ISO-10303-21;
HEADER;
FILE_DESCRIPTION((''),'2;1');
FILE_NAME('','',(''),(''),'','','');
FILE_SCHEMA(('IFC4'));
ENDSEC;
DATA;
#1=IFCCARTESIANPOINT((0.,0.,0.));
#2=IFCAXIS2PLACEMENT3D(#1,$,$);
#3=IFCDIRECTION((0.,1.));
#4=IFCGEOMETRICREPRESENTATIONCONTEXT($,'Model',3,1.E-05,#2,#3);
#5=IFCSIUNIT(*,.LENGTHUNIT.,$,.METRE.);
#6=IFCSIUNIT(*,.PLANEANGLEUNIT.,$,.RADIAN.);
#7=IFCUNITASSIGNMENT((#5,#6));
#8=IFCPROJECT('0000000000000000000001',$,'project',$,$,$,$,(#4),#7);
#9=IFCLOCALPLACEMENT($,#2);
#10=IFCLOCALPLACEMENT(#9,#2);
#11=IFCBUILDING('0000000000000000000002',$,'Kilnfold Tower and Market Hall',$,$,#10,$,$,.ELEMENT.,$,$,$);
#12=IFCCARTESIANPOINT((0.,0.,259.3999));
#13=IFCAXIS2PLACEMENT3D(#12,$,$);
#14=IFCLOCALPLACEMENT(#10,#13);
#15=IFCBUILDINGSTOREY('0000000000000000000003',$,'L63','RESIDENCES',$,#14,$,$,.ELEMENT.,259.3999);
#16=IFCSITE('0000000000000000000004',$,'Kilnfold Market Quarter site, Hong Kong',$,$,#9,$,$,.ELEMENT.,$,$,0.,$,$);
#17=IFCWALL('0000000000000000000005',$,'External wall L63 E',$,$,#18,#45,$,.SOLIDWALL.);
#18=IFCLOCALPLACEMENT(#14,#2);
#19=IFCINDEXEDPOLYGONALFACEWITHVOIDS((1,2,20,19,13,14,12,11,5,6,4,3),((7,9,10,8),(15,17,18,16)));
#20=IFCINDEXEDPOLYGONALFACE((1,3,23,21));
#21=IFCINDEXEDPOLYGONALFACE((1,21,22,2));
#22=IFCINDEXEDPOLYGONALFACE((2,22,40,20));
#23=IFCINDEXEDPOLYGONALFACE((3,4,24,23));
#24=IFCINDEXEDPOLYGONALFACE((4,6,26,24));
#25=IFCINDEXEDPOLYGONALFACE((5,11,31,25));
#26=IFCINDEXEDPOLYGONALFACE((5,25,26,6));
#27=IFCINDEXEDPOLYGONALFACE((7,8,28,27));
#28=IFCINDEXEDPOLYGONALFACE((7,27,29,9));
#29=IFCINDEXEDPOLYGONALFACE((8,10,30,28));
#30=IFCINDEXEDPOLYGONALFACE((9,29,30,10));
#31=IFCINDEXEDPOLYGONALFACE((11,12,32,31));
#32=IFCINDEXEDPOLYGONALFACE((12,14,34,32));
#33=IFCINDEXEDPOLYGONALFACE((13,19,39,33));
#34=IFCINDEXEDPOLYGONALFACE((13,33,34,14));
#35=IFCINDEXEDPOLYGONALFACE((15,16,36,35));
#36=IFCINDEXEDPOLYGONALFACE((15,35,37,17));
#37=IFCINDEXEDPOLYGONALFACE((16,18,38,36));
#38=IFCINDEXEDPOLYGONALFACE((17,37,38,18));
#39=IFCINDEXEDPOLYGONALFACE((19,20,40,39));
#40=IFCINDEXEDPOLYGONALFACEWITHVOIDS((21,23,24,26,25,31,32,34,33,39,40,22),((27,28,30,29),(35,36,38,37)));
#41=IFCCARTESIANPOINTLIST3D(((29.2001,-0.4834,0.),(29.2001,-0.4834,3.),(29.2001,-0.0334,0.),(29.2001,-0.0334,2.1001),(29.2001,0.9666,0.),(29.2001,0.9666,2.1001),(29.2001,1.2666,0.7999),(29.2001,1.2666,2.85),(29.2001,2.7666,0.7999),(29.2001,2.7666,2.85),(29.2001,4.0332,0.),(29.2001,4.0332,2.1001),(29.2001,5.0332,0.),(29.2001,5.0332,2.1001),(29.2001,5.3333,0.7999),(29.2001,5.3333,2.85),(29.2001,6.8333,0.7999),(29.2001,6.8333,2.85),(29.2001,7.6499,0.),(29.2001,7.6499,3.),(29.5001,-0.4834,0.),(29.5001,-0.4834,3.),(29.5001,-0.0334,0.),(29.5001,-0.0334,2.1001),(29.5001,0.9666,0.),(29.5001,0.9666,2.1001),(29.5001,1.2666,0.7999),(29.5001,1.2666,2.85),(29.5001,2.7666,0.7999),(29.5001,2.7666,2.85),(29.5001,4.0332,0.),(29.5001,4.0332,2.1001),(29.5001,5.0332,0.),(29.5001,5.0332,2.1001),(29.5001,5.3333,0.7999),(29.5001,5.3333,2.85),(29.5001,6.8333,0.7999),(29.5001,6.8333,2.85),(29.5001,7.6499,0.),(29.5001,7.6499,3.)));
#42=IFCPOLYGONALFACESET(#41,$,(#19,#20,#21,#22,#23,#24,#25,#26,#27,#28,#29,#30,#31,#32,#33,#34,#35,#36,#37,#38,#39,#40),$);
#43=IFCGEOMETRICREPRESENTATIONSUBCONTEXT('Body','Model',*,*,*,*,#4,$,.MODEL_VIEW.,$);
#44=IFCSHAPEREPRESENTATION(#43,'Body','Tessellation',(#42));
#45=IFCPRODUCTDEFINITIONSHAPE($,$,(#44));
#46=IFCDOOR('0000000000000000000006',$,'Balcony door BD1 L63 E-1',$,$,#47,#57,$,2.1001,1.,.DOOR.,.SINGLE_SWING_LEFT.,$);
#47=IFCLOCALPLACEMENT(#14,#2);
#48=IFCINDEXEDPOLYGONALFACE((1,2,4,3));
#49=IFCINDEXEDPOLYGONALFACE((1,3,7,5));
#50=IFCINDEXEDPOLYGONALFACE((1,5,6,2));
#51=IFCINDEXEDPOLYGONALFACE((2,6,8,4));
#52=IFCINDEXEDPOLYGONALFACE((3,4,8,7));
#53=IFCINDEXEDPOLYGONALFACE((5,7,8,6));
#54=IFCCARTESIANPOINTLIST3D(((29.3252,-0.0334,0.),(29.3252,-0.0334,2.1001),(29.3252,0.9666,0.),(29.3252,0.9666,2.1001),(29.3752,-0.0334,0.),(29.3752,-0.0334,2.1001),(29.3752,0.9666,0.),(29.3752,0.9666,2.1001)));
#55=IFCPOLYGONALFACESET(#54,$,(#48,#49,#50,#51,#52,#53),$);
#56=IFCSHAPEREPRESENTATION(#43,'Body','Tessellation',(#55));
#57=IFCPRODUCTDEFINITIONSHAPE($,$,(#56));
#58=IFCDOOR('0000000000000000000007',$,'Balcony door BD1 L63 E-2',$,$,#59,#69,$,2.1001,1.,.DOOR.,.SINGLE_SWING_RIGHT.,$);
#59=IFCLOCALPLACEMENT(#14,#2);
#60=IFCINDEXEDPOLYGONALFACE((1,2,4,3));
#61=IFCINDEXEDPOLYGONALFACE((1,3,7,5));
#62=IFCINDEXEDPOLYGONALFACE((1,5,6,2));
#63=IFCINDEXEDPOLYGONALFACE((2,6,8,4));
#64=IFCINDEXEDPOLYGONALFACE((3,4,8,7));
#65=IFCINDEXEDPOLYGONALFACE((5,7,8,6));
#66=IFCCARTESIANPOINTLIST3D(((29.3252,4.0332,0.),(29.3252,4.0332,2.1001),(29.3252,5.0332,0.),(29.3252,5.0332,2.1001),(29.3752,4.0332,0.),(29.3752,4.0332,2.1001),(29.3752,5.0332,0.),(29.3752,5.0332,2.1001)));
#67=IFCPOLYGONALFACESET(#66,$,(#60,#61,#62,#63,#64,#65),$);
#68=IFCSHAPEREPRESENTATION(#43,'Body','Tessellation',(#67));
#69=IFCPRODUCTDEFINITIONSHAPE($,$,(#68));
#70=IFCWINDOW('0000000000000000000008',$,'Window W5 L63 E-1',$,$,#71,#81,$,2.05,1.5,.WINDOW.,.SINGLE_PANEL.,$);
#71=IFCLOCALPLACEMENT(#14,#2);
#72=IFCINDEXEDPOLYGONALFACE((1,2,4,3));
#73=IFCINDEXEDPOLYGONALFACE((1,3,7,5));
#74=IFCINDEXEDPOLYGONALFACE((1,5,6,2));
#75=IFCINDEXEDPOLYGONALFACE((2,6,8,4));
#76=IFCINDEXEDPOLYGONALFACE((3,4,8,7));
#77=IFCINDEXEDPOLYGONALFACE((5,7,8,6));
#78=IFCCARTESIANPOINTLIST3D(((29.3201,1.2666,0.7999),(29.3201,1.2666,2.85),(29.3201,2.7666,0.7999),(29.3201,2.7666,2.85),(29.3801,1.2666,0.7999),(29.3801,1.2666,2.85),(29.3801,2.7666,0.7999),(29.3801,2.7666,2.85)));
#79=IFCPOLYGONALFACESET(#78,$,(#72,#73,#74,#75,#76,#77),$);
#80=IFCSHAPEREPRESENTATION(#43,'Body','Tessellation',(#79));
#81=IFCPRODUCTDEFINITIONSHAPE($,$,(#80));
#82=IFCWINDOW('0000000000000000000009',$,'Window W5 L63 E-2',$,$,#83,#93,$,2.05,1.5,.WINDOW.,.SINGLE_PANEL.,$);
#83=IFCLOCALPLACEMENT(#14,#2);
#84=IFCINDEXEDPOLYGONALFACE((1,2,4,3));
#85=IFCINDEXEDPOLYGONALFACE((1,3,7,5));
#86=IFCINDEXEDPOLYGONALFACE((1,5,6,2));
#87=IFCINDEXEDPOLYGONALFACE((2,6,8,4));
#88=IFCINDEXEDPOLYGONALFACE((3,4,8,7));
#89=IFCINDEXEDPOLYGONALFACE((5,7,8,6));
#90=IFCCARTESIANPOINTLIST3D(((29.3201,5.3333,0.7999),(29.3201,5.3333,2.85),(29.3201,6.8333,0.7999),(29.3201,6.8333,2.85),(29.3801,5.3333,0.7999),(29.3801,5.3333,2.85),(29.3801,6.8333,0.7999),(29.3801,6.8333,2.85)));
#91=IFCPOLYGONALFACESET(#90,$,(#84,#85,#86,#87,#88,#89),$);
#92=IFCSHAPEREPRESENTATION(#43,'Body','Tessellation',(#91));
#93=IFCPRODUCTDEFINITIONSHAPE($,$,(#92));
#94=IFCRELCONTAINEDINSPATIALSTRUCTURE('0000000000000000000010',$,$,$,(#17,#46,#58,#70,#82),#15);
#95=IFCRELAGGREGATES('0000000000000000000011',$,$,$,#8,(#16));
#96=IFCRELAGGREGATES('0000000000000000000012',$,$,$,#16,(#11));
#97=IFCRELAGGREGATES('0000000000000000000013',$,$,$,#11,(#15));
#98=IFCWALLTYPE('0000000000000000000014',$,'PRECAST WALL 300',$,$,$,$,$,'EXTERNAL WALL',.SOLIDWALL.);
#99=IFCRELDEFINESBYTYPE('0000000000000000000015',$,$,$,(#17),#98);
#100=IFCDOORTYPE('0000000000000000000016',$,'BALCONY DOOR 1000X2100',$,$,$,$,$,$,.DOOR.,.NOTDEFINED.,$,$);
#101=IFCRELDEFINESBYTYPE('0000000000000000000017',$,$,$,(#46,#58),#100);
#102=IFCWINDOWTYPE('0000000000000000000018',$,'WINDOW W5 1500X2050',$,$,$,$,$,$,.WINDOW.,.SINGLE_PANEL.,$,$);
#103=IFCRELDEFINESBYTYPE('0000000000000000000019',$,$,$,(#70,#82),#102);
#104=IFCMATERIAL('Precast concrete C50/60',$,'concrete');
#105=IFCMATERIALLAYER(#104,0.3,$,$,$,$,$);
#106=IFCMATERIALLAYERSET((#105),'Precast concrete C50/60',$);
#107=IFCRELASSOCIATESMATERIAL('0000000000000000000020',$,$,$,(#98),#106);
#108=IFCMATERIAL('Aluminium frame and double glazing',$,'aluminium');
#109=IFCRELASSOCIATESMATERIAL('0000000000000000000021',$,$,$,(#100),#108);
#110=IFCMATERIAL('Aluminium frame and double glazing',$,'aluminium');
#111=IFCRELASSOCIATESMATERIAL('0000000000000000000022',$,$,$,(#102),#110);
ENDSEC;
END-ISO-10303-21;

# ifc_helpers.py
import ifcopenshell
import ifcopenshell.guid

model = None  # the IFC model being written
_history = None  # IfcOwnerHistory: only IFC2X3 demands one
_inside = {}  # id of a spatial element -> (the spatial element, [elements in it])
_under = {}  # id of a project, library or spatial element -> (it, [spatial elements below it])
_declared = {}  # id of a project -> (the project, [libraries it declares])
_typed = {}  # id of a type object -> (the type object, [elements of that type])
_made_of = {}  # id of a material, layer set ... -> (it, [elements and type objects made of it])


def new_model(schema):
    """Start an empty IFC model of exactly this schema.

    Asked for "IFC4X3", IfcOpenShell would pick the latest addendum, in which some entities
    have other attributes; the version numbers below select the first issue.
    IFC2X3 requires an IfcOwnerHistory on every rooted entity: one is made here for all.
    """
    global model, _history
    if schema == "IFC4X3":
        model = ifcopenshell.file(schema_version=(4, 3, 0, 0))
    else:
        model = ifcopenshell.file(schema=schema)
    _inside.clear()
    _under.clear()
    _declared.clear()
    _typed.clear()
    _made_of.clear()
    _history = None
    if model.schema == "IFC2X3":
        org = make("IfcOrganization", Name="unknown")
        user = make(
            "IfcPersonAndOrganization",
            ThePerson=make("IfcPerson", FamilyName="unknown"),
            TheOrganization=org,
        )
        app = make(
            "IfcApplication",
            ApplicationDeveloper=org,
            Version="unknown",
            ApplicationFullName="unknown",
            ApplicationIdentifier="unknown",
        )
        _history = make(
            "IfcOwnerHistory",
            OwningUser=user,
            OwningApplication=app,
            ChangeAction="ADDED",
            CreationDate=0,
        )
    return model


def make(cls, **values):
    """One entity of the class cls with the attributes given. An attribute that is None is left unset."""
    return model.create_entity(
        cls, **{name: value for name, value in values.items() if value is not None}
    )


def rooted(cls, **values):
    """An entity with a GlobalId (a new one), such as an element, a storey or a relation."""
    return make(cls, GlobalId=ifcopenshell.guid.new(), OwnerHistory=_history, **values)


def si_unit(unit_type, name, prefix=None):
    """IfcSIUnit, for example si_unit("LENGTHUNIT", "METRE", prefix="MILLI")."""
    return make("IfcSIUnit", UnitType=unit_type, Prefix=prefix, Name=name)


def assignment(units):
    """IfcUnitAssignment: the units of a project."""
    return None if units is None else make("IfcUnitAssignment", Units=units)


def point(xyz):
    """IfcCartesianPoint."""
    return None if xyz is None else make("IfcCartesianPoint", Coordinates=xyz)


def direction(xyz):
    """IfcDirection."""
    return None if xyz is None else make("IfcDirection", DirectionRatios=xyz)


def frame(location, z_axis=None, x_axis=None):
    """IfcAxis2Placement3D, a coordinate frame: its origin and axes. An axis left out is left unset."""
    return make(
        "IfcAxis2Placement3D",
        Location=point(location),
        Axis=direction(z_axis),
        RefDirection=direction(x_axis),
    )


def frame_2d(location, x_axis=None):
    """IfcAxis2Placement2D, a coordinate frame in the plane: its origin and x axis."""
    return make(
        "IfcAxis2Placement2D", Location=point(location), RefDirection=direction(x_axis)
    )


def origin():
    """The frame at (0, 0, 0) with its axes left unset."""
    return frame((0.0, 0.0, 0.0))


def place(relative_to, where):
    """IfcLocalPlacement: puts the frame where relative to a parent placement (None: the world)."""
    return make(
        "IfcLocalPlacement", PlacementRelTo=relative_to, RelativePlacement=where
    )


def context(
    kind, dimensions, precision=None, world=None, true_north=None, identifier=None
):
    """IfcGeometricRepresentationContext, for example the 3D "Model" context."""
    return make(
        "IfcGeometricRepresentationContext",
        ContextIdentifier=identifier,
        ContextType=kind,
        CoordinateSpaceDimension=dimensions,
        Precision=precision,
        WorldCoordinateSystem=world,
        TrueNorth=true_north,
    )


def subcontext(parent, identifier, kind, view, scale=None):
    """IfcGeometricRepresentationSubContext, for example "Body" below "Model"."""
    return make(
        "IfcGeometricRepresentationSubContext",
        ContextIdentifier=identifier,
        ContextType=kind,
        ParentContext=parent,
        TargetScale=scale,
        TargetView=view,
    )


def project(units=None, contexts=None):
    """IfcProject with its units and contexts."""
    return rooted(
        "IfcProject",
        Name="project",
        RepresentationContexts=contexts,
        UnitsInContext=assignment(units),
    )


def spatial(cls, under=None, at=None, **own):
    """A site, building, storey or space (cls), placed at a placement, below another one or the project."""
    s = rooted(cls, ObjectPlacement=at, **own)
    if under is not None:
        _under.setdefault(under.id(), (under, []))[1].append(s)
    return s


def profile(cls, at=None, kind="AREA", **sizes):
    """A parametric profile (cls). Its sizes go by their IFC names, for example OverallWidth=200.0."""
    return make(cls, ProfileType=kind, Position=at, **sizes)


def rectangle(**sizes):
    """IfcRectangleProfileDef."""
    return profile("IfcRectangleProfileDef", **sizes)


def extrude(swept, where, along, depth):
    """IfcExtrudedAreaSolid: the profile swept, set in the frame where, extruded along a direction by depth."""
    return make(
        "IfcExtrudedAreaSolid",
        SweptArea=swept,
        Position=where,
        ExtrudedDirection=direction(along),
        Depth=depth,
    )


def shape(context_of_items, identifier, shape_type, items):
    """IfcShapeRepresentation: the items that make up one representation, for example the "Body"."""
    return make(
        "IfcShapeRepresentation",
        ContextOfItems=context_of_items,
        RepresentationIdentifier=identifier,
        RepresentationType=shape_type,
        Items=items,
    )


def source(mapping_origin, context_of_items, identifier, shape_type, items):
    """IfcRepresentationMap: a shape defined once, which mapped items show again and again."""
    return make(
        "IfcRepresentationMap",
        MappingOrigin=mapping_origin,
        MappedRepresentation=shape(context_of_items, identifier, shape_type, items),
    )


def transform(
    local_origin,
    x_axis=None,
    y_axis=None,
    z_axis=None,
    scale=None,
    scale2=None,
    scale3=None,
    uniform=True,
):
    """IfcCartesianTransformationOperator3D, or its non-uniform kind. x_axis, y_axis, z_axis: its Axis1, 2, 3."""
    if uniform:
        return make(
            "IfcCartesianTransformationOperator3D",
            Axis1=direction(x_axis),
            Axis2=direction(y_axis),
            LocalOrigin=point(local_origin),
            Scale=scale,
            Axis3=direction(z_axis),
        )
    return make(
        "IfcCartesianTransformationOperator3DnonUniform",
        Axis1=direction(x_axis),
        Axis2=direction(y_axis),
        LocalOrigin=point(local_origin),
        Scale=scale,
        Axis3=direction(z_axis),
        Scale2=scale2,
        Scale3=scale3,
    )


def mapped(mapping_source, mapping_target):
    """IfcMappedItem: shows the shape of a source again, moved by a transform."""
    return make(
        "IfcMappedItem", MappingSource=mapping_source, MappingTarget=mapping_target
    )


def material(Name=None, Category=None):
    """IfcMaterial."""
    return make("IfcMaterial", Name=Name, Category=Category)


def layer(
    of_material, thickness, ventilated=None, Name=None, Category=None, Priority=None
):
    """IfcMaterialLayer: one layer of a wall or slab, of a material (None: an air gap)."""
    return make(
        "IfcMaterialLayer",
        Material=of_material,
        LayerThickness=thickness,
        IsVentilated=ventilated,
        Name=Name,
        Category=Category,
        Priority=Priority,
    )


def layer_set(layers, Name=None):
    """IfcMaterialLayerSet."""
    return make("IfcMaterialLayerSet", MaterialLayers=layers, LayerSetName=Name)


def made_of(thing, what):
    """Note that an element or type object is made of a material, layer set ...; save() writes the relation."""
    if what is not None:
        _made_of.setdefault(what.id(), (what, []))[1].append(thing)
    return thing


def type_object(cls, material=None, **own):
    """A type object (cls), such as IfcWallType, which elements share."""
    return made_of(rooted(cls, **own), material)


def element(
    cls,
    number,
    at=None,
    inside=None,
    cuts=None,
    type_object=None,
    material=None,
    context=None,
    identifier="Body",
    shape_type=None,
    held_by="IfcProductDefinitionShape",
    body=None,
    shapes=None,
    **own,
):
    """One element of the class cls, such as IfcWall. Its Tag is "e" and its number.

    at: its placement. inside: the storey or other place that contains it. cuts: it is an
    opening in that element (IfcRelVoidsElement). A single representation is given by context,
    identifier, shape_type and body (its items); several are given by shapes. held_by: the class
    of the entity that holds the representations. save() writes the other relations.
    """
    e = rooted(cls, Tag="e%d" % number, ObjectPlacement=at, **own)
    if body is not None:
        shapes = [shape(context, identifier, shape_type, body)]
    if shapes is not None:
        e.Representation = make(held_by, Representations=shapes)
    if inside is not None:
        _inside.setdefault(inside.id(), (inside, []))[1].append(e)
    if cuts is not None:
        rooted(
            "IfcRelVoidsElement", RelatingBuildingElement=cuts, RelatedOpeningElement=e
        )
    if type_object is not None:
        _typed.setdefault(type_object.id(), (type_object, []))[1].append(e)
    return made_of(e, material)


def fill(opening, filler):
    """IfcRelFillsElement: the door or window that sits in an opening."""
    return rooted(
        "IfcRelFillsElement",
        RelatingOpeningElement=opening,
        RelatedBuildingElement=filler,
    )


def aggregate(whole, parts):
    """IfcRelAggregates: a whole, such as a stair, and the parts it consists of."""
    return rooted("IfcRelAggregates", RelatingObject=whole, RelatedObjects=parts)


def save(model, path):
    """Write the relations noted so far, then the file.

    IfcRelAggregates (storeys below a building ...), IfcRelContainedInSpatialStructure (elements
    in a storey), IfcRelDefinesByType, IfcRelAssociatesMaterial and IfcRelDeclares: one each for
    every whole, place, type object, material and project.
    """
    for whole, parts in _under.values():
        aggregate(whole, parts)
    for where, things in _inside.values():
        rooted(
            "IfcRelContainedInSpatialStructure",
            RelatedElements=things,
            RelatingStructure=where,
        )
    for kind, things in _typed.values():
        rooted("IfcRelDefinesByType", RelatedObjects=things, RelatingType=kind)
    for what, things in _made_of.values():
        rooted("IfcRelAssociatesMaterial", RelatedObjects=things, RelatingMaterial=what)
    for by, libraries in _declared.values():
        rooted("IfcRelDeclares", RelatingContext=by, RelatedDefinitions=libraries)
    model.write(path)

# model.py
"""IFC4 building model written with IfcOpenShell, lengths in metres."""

from ifc_helpers import new_model, si_unit, direction, frame, frame_2d, origin, place, context, subcontext, project, spatial, rectangle, extrude, source, transform, mapped, material, layer, layer_set, type_object, element, fill, save


model = new_model("IFC4")

# Units and contexts
model_context = context("Model", 3, precision=1e-05, world=origin(), true_north=direction((0.0, 1.0)))
body_context = subcontext(model_context, "Body", "Model", "MODEL_VIEW")
ifc_project = project(units=[si_unit("LENGTHUNIT", "METRE"), si_unit("PLANEANGLEUNIT", "RADIAN")], contexts=[model_context])

# Site, building, storey
site_placement = place(None, origin())
site = spatial("IfcSite", under=ifc_project, at=site_placement, Name="Kilnfold Market Quarter site, Hong Kong", CompositionType="ELEMENT", RefElevation=0.0)
building_placement = place(site_placement, origin())
building = spatial("IfcBuilding", under=site, at=building_placement, Name="Kilnfold Tower and Market Hall", CompositionType="ELEMENT")
storey_placement = place(building_placement, frame((0.0, 0.0, 259.3999)))
storey = spatial("IfcBuildingStorey", under=building, at=storey_placement, Name="L63", Description="RESIDENCES", CompositionType="ELEMENT", Elevation=259.3999)

# Wall, openings, doors, windows
ifc_material_1 = material(Name="Precast concrete C50/60", Category="concrete")
ifc_layer_1 = layer(ifc_material_1, 0.3)
ifc_layer_set_1 = layer_set([ifc_layer_1], Name="Precast concrete C50/60")
wall_type_1 = type_object("IfcWallType", Name="PRECAST WALL 300", ElementType="EXTERNAL WALL", PredefinedType="SOLIDWALL", material=ifc_layer_set_1)
shared_shape_1 = source(origin(), body_context, "Body", "SweptSolid", [
    extrude(rectangle(XDim=8.1333, YDim=0.3, at=frame_2d((4.0667, 0.0))), origin(), (0.0, 0.0, 1.0), 3.0),
])
wall_1_placement = place(storey_placement, frame((29.3501, -0.4834, 0.0), z_axis=(0.0, 0.0, 1.0), x_axis=(0.0, 1.0, 0.0)))
wall_1 = element("IfcWall", 1, at=wall_1_placement, inside=storey, type_object=wall_type_1, Name="External wall L63 E", PredefinedType="SOLIDWALL", context=body_context, shape_type="MappedRepresentation", body=[
    mapped(shared_shape_1, transform((0.0, 0.0, 0.0))),
])
opening_1_placement = place(wall_1_placement, frame((1.75, 0.0, 0.8)))
opening_1 = element("IfcOpeningElement", 2, at=opening_1_placement, cuts=wall_1, PredefinedType="OPENING", context=body_context, shape_type="SweptSolid", body=[
    extrude(rectangle(XDim=1.5, YDim=2.05, at=frame_2d((0.75, 1.0249))), frame((0.0, 0.1602, 0.0), z_axis=(0.0, -1.0, 0.0), x_axis=(1.0, 0.0, 0.0)), (0.0, 0.0, 1.0), 0.3201),
])
opening_2_placement = place(wall_1_placement, frame((0.45, 0.0, 0.0)))
opening_2 = element("IfcOpeningElement", 3, at=opening_2_placement, cuts=wall_1, PredefinedType="OPENING", context=body_context, shape_type="SweptSolid", body=[
    extrude(rectangle(XDim=1.0, YDim=2.1001, at=frame_2d((0.5, 1.05))), frame((0.0, 0.1602, 0.0), z_axis=(0.0, -1.0, 0.0), x_axis=(1.0, 0.0, 0.0)), (0.0, 0.0, 1.0), 0.3201),
])
opening_3_placement = place(wall_1_placement, frame((5.8167, 0.0, 0.8)))
opening_3 = element("IfcOpeningElement", 4, at=opening_3_placement, cuts=wall_1, PredefinedType="OPENING", context=body_context, shape_type="SweptSolid", body=[
    extrude(rectangle(XDim=1.5, YDim=2.05, at=frame_2d((0.75, 1.0249))), frame((0.0, 0.1602, 0.0), z_axis=(0.0, -1.0, 0.0), x_axis=(1.0, 0.0, 0.0)), (0.0, 0.0, 1.0), 0.3201),
])
opening_4_placement = place(wall_1_placement, frame((4.5166, 0.0, 0.0)))
opening_4 = element("IfcOpeningElement", 5, at=opening_4_placement, cuts=wall_1, PredefinedType="OPENING", context=body_context, shape_type="SweptSolid", body=[
    extrude(rectangle(XDim=1.0, YDim=2.1001, at=frame_2d((0.5, 1.05))), frame((0.0, 0.1602, 0.0), z_axis=(0.0, -1.0, 0.0), x_axis=(1.0, 0.0, 0.0)), (0.0, 0.0, 1.0), 0.3201),
])
ifc_material_2 = material(Name="Aluminium frame and double glazing", Category="aluminium")
door_type_1 = type_object("IfcDoorType", Name="BALCONY DOOR 1000X2100", OperationType="NOTDEFINED", PredefinedType="DOOR", material=ifc_material_2)
door_1_placement = place(opening_2_placement, origin())
door_1 = element("IfcDoor", 6, at=door_1_placement, inside=storey, type_object=door_type_1, Name="Balcony door BD1 L63 E-1", OperationType="SINGLE_SWING_LEFT", OverallHeight=2.1001, OverallWidth=1.0, PredefinedType="DOOR", context=body_context, shape_type="SweptSolid", body=[
    extrude(rectangle(XDim=1.0, YDim=2.1001, at=frame_2d((0.5, 1.05))), frame((0.0, 0.0249, 0.0), z_axis=(0.0, -1.0, 0.0), x_axis=(1.0, 0.0, 0.0)), (0.0, 0.0, 1.0), 0.05),
])
fill(opening_2, door_1)
door_2_placement = place(opening_4_placement, origin())
door_2 = element("IfcDoor", 7, at=door_2_placement, inside=storey, type_object=door_type_1, Name="Balcony door BD1 L63 E-2", OperationType="SINGLE_SWING_RIGHT", OverallHeight=2.1001, OverallWidth=1.0, PredefinedType="DOOR", context=body_context, shape_type="SweptSolid", body=[
    extrude(rectangle(XDim=1.0, YDim=2.1001, at=frame_2d((0.5, 1.05))), frame((0.0, 0.0249, 0.0), z_axis=(0.0, -1.0, 0.0), x_axis=(1.0, 0.0, 0.0)), (0.0, 0.0, 1.0), 0.05),
])
fill(opening_4, door_2)
ifc_material_3 = material(Name="Aluminium frame and double glazing", Category="aluminium")
window_type = type_object("IfcWindowType", Name="WINDOW W5 1500X2050", PartitioningType="SINGLE_PANEL", PredefinedType="WINDOW", material=ifc_material_3)
window_1_placement = place(opening_1_placement, origin())
window_1 = element("IfcWindow", 8, at=window_1_placement, inside=storey, type_object=window_type, Name="Window W5 L63 E-1", OverallHeight=2.05, OverallWidth=1.5, PartitioningType="SINGLE_PANEL", PredefinedType="WINDOW", context=body_context, shape_type="SweptSolid", body=[
    extrude(rectangle(XDim=1.5, YDim=2.05, at=frame_2d((0.75, 1.0249))), frame((0.0, 0.03, 0.0), z_axis=(0.0, -1.0, 0.0), x_axis=(1.0, 0.0, 0.0)), (0.0, 0.0, 1.0), 0.0601),
])
fill(opening_1, window_1)
window_2_placement = place(opening_3_placement, origin())
window_2 = element("IfcWindow", 9, at=window_2_placement, inside=storey, type_object=window_type, Name="Window W5 L63 E-2", OverallHeight=2.05, OverallWidth=1.5, PartitioningType="SINGLE_PANEL", PredefinedType="WINDOW", context=body_context, shape_type="SweptSolid", body=[
    extrude(rectangle(XDim=1.5, YDim=2.05, at=frame_2d((0.75, 1.0249))), frame((0.0, 0.03, 0.0), z_axis=(0.0, -1.0, 0.0), x_axis=(1.0, 0.0, 0.0)), (0.0, 0.0, 1.0), 0.0601),
])
fill(opening_3, window_2)

save(model, "model.ifc")
